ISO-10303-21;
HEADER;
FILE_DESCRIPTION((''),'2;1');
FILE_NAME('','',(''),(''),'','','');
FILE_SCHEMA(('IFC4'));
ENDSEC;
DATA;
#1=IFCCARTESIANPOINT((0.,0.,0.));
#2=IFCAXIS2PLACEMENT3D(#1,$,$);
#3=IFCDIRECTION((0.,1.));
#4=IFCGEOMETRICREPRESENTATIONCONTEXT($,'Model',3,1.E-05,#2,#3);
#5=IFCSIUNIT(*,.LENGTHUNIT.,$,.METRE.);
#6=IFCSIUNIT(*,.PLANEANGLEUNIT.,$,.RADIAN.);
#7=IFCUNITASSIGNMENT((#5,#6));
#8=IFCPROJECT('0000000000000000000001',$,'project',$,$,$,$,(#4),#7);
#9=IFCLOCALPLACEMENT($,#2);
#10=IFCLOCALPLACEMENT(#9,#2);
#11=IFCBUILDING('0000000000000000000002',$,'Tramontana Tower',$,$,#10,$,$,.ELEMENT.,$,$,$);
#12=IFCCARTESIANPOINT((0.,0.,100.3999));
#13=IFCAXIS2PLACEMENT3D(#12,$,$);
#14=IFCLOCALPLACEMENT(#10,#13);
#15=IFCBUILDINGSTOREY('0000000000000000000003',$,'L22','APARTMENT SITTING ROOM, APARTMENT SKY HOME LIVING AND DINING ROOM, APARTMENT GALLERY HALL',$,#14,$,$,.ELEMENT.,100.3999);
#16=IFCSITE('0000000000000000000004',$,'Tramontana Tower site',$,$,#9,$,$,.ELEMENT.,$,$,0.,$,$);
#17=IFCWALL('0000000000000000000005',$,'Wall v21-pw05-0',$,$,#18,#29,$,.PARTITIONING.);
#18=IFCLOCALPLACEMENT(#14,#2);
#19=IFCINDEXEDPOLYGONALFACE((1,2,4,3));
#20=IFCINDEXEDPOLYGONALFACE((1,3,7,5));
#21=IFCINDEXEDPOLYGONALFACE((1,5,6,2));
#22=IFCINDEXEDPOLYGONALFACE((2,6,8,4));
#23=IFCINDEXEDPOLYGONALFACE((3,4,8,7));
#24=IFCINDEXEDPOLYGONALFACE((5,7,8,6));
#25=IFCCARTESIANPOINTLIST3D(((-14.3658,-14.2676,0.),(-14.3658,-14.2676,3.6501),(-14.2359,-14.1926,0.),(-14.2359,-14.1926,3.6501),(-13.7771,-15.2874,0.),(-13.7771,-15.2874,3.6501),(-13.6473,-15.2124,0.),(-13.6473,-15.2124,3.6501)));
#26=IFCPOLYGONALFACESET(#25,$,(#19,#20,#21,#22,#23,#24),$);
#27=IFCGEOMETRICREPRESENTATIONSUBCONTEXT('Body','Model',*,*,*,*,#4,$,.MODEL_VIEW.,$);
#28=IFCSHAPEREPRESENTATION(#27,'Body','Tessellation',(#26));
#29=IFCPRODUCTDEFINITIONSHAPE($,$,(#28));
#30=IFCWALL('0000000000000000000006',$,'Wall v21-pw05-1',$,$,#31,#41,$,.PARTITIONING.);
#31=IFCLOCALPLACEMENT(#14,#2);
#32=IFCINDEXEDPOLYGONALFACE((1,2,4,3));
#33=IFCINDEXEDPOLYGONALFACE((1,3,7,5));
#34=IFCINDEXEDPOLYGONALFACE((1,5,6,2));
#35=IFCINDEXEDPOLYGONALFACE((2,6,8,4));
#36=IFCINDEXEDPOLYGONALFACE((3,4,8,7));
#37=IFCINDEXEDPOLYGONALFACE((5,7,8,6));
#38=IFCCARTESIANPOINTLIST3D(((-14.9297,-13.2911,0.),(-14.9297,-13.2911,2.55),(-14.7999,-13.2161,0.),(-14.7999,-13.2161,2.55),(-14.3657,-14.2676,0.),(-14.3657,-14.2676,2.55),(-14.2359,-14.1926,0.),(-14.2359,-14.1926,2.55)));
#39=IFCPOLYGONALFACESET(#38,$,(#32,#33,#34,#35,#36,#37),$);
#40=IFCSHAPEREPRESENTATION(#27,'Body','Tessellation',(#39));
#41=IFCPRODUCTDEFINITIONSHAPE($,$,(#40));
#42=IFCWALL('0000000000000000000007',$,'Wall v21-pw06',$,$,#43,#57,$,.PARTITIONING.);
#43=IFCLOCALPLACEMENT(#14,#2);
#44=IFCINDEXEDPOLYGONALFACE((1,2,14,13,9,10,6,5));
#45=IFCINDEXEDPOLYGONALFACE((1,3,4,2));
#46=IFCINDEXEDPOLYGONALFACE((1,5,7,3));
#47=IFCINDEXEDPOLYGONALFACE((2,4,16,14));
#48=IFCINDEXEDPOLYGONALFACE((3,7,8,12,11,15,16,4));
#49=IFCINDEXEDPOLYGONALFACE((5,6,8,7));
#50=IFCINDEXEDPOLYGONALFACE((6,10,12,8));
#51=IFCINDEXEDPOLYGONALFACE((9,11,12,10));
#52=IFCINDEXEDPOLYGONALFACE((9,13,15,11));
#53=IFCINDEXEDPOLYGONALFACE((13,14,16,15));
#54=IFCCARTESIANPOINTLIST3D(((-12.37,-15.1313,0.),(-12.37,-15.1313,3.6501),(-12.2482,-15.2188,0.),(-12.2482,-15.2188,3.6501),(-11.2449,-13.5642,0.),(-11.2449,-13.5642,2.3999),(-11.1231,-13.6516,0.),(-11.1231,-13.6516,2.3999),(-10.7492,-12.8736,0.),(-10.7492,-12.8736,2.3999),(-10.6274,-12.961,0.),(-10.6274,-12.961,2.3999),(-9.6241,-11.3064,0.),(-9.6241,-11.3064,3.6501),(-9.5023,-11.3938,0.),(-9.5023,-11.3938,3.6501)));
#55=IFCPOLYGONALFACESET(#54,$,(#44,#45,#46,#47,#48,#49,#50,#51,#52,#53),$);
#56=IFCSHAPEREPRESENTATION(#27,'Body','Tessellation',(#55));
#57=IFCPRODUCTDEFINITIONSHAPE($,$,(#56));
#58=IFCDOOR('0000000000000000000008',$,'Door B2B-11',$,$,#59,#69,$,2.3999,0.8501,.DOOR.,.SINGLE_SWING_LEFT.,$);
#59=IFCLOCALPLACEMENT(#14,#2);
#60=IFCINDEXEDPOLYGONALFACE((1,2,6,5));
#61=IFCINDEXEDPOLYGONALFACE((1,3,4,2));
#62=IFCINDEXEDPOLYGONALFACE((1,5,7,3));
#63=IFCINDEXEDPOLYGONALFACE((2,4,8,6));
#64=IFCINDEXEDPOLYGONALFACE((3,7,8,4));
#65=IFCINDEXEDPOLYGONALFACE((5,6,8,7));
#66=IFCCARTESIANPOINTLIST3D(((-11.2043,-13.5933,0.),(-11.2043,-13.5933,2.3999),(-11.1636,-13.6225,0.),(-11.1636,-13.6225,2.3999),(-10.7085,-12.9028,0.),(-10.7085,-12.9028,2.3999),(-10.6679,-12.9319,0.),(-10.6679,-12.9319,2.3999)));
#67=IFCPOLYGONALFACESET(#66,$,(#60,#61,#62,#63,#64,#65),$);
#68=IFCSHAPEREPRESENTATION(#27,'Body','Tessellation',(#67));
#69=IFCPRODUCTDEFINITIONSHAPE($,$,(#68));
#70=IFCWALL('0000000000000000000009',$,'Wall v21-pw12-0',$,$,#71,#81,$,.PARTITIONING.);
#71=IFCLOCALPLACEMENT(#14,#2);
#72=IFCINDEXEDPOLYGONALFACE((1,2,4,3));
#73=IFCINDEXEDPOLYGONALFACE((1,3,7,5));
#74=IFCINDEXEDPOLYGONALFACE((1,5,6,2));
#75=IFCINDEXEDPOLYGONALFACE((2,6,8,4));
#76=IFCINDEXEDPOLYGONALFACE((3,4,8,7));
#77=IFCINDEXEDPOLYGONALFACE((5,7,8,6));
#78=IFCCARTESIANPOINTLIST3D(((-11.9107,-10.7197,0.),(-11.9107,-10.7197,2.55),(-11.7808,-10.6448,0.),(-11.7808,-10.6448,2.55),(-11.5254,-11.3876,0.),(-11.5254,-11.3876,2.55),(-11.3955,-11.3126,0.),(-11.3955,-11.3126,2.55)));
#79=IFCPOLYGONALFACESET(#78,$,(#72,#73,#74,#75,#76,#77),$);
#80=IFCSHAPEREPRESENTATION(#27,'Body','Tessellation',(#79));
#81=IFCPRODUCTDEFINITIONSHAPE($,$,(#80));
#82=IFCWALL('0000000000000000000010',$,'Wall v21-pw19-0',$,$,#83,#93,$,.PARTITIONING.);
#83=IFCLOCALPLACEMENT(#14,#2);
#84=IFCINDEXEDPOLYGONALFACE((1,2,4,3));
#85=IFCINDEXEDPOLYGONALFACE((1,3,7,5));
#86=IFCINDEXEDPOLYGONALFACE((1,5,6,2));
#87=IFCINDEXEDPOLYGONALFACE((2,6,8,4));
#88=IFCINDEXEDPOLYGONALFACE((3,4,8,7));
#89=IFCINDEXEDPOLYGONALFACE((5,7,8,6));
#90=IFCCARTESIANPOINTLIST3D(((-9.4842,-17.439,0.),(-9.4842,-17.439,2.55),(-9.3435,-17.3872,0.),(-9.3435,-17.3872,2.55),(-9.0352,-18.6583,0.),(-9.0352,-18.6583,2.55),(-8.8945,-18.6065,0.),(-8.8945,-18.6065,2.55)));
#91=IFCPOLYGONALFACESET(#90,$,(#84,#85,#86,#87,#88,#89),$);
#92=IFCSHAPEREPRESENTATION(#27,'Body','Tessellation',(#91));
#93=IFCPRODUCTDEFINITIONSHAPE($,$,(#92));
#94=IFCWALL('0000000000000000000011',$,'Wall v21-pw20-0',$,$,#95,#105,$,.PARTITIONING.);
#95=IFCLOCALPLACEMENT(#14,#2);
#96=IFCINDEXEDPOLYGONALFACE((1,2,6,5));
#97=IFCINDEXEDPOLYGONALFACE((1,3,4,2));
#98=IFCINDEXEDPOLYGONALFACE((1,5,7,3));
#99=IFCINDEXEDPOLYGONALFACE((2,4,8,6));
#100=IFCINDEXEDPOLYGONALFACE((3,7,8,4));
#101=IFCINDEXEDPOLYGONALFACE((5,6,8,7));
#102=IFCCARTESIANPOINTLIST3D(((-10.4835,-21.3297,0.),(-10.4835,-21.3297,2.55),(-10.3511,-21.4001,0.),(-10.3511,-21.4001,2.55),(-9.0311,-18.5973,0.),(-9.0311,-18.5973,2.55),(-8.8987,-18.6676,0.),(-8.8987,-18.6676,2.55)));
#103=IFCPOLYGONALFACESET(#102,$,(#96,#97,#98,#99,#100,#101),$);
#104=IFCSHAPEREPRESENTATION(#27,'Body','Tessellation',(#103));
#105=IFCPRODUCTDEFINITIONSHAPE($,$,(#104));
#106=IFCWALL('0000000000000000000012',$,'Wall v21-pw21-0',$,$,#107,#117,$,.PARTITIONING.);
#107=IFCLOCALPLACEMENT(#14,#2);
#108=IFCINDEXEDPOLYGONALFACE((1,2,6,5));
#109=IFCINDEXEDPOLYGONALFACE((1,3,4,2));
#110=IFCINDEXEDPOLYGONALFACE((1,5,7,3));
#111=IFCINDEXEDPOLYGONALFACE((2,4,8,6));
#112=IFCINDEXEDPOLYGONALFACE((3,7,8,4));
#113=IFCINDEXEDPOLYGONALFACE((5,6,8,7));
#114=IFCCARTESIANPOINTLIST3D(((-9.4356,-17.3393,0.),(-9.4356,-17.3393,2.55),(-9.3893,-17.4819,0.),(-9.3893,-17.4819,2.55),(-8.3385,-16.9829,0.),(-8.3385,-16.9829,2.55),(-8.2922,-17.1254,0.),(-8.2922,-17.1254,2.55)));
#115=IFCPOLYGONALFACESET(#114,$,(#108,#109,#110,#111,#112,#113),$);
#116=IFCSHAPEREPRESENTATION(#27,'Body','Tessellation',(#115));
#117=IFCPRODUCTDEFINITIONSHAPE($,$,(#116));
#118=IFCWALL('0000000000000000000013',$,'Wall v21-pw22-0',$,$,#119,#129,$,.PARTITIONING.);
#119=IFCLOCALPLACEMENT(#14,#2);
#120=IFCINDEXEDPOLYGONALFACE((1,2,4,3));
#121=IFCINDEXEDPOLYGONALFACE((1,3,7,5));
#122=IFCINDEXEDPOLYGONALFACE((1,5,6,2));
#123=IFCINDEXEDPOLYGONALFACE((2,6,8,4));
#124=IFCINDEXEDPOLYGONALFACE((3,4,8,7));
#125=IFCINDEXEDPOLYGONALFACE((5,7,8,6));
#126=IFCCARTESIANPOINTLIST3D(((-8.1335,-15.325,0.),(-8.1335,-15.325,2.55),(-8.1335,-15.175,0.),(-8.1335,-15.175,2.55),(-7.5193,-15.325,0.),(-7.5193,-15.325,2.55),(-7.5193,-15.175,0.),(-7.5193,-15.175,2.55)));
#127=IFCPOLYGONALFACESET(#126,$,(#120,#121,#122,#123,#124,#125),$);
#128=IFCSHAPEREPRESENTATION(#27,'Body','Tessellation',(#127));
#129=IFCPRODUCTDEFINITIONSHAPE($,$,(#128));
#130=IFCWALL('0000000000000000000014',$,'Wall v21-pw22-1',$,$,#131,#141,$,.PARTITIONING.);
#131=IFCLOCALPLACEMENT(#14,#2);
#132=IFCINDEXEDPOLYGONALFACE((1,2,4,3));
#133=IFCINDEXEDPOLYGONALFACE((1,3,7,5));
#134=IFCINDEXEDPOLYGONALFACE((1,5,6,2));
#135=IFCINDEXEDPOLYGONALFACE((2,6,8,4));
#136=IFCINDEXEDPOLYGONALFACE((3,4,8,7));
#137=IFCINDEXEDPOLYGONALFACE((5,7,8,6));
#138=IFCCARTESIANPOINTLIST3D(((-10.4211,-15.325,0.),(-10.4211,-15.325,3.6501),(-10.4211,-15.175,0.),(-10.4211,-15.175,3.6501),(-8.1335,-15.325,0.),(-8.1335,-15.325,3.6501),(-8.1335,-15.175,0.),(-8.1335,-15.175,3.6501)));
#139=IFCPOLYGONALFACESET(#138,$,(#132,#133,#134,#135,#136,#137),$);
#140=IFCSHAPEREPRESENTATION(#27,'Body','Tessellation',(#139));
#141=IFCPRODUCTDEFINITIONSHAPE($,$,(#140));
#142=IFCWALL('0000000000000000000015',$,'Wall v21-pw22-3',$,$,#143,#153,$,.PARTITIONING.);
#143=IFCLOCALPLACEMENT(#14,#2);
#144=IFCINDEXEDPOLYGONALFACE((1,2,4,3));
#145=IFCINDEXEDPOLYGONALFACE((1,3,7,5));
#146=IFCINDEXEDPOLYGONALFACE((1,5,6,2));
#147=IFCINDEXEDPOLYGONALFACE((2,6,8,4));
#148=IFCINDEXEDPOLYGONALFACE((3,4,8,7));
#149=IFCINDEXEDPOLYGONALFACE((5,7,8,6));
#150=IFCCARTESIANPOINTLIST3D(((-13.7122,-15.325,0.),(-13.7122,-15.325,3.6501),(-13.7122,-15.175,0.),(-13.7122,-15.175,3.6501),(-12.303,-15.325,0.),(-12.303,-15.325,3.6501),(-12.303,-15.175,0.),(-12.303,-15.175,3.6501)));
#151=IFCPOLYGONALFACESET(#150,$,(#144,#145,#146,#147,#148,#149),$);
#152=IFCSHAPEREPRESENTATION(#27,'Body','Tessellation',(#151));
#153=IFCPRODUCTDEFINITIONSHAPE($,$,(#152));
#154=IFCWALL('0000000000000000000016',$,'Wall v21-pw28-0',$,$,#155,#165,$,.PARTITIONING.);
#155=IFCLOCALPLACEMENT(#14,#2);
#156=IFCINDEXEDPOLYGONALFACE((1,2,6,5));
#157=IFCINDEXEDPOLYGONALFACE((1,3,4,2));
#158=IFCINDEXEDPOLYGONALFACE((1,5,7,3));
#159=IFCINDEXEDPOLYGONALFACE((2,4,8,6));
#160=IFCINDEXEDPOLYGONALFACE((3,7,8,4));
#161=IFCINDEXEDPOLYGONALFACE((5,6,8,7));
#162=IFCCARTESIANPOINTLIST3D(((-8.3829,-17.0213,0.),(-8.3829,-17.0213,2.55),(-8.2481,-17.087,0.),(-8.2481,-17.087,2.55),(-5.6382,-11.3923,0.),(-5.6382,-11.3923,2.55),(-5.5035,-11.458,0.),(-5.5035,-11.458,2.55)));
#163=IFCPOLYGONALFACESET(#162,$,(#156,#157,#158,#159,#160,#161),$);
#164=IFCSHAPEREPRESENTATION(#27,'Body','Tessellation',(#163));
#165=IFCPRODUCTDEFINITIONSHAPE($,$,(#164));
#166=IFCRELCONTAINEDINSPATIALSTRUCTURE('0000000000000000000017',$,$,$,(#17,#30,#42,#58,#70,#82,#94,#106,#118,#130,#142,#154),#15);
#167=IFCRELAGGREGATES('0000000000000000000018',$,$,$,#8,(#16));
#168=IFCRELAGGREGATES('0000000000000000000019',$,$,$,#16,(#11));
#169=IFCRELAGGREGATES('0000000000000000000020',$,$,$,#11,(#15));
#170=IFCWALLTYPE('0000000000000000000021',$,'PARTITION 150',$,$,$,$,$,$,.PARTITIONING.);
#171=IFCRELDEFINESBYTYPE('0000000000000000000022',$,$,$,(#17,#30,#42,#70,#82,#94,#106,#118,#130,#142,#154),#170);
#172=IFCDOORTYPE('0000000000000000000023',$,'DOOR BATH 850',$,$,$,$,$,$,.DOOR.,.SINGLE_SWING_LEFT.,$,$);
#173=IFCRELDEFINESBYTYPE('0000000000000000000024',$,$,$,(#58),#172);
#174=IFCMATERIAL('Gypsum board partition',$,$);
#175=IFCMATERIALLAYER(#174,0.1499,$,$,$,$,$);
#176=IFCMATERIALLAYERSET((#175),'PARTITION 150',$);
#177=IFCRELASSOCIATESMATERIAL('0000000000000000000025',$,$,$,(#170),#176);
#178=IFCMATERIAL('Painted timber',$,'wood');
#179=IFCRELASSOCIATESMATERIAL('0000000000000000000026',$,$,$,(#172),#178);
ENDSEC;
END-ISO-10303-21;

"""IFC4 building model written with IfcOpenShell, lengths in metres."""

from ifc_helpers import new_model, si_unit, direction, frame, frame_2d, origin, place, context, subcontext, project, spatial, rectangle, extrude, material, layer, layer_set, type_object, element, fill, save


model = new_model("IFC4")

# Units and contexts
model_context = context("Model", 3, precision=1e-05, world=origin(), true_north=direction((0.0, 1.0)))
body_context = subcontext(model_context, "Body", "Model", "MODEL_VIEW")
ifc_project = project(units=[si_unit("LENGTHUNIT", "METRE"), si_unit("PLANEANGLEUNIT", "RADIAN")], contexts=[model_context])

# Site, building, storey
site_placement = place(None, origin())
site = spatial("IfcSite", under=ifc_project, at=site_placement, Name="Tramontana Tower site", CompositionType="ELEMENT", RefElevation=0.0)
building_placement = place(site_placement, origin())
building = spatial("IfcBuilding", under=site, at=building_placement, Name="Tramontana Tower", CompositionType="ELEMENT")
storey_placement = place(building_placement, frame((0.0, 0.0, 100.3999)))
storey = spatial("IfcBuildingStorey", under=building, at=storey_placement, Name="L22", Description="APARTMENT SITTING ROOM, APARTMENT SKY HOME LIVING AND DINING ROOM, APARTMENT GALLERY HALL", CompositionType="ELEMENT", Elevation=100.3999)

# Walls
ifc_material_1 = material(Name="Gypsum board partition")
ifc_layer_1 = layer(ifc_material_1, 0.1499)
ifc_layer_set_1 = layer_set([ifc_layer_1], Name="PARTITION 150")
wall_type_1 = type_object("IfcWallType", Name="PARTITION 150", PredefinedType="PARTITIONING", material=ifc_layer_set_1)
wall_1_placement = place(storey_placement, frame((-13.7122, -15.25, 0.0), z_axis=(0.0, 0.0, 1.0), x_axis=(-0.499908, 0.866079, 0.0)))
element("IfcWall", 1, at=wall_1_placement, inside=storey, type_object=wall_type_1, Name="Wall v21-pw05-0", PredefinedType="PARTITIONING", context=body_context, shape_type="SweptSolid", body=[
    extrude(rectangle(XDim=1.1775, YDim=0.1499, at=frame_2d((0.5889, 0.0))), origin(), (0.0, 0.0, 1.0), 3.6501),
])
wall_2_placement = place(storey_placement, frame((-14.3008, -14.2302, 0.0), z_axis=(0.0, 0.0, 1.0), x_axis=(-0.500097, 0.865969, 0.0)))
element("IfcWall", 2, at=wall_2_placement, inside=storey, type_object=wall_type_1, Name="Wall v21-pw05-1", PredefinedType="PARTITIONING", context=body_context, shape_type="SweptSolid", body=[
    extrude(rectangle(XDim=1.1277, YDim=0.1499, at=frame_2d((0.564, 0.0))), origin(), (0.0, 0.0, 1.0), 2.55),
])

# Wall, opening, door
wall_3_placement = place(storey_placement, frame((-12.3091, -15.175, 0.0), z_axis=(0.0, 0.0, 1.0), x_axis=(0.583169, 0.812351, 0.0)))
wall_3 = element("IfcWall", 3, at=wall_3_placement, inside=storey, type_object=wall_type_1, Name="Wall v21-pw06", PredefinedType="PARTITIONING", context=body_context, shape_type="SweptSolid", body=[
    extrude(rectangle(XDim=4.7085, YDim=0.1499, at=frame_2d((2.3542, 0.0))), origin(), (0.0, 0.0, 1.0), 3.6501),
])
opening_1_placement = place(wall_3_placement, frame((1.9292, 0.0, 0.0)))
opening_1 = element("IfcOpeningElement", 4, at=opening_1_placement, cuts=wall_3, PredefinedType="OPENING", context=body_context, shape_type="SweptSolid", body=[
    extrude(rectangle(XDim=0.8501, YDim=2.3999, at=frame_2d((0.425, 1.2))), frame((0.0, 0.085, 0.0), z_axis=(0.0, -1.0, 0.0), x_axis=(1.0, 0.0, 0.0)), (0.0, 0.0, 1.0), 0.1699),
])
ifc_material_2 = material(Name="Painted timber", Category="wood")
door_type_1 = type_object("IfcDoorType", Name="DOOR BATH 850", OperationType="SINGLE_SWING_LEFT", PredefinedType="DOOR", material=ifc_material_2)
door_1_placement = place(opening_1_placement, origin())
door_1 = element("IfcDoor", 5, at=door_1_placement, inside=storey, type_object=door_type_1, Name="Door B2B-11", OperationType="SINGLE_SWING_LEFT", OverallHeight=2.3999, OverallWidth=0.8501, PredefinedType="DOOR", context=body_context, shape_type="SweptSolid", body=[
    extrude(rectangle(XDim=0.8501, YDim=2.3999, at=frame_2d((0.425, 1.2))), frame((0.0, 0.0249, 0.0), z_axis=(0.0, -1.0, 0.0), x_axis=(1.0, 0.0, 0.0)), (0.0, 0.0, 1.0), 0.05),
])
fill(opening_1, door_1)

# Walls
wall_4_placement = place(storey_placement, frame((-11.4604, -11.3501, 0.0), z_axis=(0.0, 0.0, 1.0), x_axis=(-0.49975, 0.86617, 0.0)))
element("IfcWall", 6, at=wall_4_placement, inside=storey, type_object=wall_type_1, Name="Wall v21-pw12-0", PredefinedType="PARTITIONING", context=body_context, shape_type="SweptSolid", body=[
    extrude(rectangle(XDim=0.771, YDim=0.1499, at=frame_2d((0.3855, 0.0))), origin(), (0.0, 0.0, 1.0), 2.55),
])
wall_5_placement = place(storey_placement, frame((-9.4138, -17.4131, 0.0), z_axis=(0.0, 0.0, 1.0), x_axis=(0.345557, -0.938398, 0.0)))
element("IfcWall", 7, at=wall_5_placement, inside=storey, type_object=wall_type_1, Name="Wall v21-pw19-0", PredefinedType="PARTITIONING", context=body_context, shape_type="SweptSolid", body=[
    extrude(rectangle(XDim=1.2993, YDim=0.1499, at=frame_2d((0.6497, 0.0))), origin(), (0.0, 0.0, 1.0), 2.55),
])
wall_6_placement = place(storey_placement, frame((-8.9648, -18.6323, 0.0), z_axis=(0.0, 0.0, 1.0), x_axis=(-0.469355, -0.883009, 0.0)))
element("IfcWall", 8, at=wall_6_placement, inside=storey, type_object=wall_type_1, Name="Wall v21-pw20-0", PredefinedType="PARTITIONING", context=body_context, shape_type="SweptSolid", body=[
    extrude(rectangle(XDim=3.0945, YDim=0.1499, at=frame_2d((1.5474, 0.0))), origin(), (0.0, 0.0, 1.0), 2.55),
])
wall_7_placement = place(storey_placement, frame((-8.3154, -17.0542, 0.0), z_axis=(0.0, 0.0, 1.0), x_axis=(-0.951068, -0.308981, 0.0)))
element("IfcWall", 9, at=wall_7_placement, inside=storey, type_object=wall_type_1, Name="Wall v21-pw21-0", PredefinedType="PARTITIONING", context=body_context, shape_type="SweptSolid", body=[
    extrude(rectangle(XDim=1.1536, YDim=0.1499, at=frame_2d((0.5767, 0.0))), origin(), (0.0, 0.0, 1.0), 2.55),
])
wall_8_placement = place(storey_placement, frame((-7.5193, -15.25, 0.0), z_axis=(0.0, 0.0, 1.0), x_axis=(-1.0, 0.0, 0.0)))
element("IfcWall", 10, at=wall_8_placement, inside=storey, type_object=wall_type_1, Name="Wall v21-pw22-0", PredefinedType="PARTITIONING", context=body_context, shape_type="SweptSolid", body=[
    extrude(rectangle(XDim=0.6143, YDim=0.1499, at=frame_2d((0.3071, 0.0))), origin(), (0.0, 0.0, 1.0), 2.55),
])
wall_9_placement = place(storey_placement, frame((-8.1335, -15.25, 0.0), z_axis=(0.0, 0.0, 1.0), x_axis=(-1.0, 0.0, 0.0)))
element("IfcWall", 11, at=wall_9_placement, inside=storey, type_object=wall_type_1, Name="Wall v21-pw22-1", PredefinedType="PARTITIONING", context=body_context, shape_type="SweptSolid", body=[
    extrude(rectangle(XDim=2.2876, YDim=0.1499, at=frame_2d((1.1438, 0.0))), origin(), (0.0, 0.0, 1.0), 3.6501),
])

# Walls
wall_10_placement = place(storey_placement, frame((-12.303, -15.25, 0.0), z_axis=(0.0, 0.0, 1.0), x_axis=(-1.0, 0.0, 0.0)))
element("IfcWall", 12, at=wall_10_placement, inside=storey, type_object=wall_type_1, Name="Wall v21-pw22-3", PredefinedType="PARTITIONING", context=body_context, shape_type="SweptSolid", body=[
    extrude(rectangle(XDim=1.4092, YDim=0.1499, at=frame_2d((0.7046, 0.0))), origin(), (0.0, 0.0, 1.0), 3.6501),
])
wall_11_placement = place(storey_placement, frame((-5.5708, -11.425, 0.0), z_axis=(0.0, 0.0, 1.0), x_axis=(-0.438272, -0.898843, 0.0)))
element("IfcWall", 13, at=wall_11_placement, inside=storey, type_object=wall_type_1, Name="Wall v21-pw28-0", PredefinedType="PARTITIONING", context=body_context, shape_type="SweptSolid", body=[
    extrude(rectangle(XDim=6.2625, YDim=0.1499, at=frame_2d((3.1313, 0.0))), origin(), (0.0, 0.0, 1.0), 2.55),
])

save(model, "model.ifc")
